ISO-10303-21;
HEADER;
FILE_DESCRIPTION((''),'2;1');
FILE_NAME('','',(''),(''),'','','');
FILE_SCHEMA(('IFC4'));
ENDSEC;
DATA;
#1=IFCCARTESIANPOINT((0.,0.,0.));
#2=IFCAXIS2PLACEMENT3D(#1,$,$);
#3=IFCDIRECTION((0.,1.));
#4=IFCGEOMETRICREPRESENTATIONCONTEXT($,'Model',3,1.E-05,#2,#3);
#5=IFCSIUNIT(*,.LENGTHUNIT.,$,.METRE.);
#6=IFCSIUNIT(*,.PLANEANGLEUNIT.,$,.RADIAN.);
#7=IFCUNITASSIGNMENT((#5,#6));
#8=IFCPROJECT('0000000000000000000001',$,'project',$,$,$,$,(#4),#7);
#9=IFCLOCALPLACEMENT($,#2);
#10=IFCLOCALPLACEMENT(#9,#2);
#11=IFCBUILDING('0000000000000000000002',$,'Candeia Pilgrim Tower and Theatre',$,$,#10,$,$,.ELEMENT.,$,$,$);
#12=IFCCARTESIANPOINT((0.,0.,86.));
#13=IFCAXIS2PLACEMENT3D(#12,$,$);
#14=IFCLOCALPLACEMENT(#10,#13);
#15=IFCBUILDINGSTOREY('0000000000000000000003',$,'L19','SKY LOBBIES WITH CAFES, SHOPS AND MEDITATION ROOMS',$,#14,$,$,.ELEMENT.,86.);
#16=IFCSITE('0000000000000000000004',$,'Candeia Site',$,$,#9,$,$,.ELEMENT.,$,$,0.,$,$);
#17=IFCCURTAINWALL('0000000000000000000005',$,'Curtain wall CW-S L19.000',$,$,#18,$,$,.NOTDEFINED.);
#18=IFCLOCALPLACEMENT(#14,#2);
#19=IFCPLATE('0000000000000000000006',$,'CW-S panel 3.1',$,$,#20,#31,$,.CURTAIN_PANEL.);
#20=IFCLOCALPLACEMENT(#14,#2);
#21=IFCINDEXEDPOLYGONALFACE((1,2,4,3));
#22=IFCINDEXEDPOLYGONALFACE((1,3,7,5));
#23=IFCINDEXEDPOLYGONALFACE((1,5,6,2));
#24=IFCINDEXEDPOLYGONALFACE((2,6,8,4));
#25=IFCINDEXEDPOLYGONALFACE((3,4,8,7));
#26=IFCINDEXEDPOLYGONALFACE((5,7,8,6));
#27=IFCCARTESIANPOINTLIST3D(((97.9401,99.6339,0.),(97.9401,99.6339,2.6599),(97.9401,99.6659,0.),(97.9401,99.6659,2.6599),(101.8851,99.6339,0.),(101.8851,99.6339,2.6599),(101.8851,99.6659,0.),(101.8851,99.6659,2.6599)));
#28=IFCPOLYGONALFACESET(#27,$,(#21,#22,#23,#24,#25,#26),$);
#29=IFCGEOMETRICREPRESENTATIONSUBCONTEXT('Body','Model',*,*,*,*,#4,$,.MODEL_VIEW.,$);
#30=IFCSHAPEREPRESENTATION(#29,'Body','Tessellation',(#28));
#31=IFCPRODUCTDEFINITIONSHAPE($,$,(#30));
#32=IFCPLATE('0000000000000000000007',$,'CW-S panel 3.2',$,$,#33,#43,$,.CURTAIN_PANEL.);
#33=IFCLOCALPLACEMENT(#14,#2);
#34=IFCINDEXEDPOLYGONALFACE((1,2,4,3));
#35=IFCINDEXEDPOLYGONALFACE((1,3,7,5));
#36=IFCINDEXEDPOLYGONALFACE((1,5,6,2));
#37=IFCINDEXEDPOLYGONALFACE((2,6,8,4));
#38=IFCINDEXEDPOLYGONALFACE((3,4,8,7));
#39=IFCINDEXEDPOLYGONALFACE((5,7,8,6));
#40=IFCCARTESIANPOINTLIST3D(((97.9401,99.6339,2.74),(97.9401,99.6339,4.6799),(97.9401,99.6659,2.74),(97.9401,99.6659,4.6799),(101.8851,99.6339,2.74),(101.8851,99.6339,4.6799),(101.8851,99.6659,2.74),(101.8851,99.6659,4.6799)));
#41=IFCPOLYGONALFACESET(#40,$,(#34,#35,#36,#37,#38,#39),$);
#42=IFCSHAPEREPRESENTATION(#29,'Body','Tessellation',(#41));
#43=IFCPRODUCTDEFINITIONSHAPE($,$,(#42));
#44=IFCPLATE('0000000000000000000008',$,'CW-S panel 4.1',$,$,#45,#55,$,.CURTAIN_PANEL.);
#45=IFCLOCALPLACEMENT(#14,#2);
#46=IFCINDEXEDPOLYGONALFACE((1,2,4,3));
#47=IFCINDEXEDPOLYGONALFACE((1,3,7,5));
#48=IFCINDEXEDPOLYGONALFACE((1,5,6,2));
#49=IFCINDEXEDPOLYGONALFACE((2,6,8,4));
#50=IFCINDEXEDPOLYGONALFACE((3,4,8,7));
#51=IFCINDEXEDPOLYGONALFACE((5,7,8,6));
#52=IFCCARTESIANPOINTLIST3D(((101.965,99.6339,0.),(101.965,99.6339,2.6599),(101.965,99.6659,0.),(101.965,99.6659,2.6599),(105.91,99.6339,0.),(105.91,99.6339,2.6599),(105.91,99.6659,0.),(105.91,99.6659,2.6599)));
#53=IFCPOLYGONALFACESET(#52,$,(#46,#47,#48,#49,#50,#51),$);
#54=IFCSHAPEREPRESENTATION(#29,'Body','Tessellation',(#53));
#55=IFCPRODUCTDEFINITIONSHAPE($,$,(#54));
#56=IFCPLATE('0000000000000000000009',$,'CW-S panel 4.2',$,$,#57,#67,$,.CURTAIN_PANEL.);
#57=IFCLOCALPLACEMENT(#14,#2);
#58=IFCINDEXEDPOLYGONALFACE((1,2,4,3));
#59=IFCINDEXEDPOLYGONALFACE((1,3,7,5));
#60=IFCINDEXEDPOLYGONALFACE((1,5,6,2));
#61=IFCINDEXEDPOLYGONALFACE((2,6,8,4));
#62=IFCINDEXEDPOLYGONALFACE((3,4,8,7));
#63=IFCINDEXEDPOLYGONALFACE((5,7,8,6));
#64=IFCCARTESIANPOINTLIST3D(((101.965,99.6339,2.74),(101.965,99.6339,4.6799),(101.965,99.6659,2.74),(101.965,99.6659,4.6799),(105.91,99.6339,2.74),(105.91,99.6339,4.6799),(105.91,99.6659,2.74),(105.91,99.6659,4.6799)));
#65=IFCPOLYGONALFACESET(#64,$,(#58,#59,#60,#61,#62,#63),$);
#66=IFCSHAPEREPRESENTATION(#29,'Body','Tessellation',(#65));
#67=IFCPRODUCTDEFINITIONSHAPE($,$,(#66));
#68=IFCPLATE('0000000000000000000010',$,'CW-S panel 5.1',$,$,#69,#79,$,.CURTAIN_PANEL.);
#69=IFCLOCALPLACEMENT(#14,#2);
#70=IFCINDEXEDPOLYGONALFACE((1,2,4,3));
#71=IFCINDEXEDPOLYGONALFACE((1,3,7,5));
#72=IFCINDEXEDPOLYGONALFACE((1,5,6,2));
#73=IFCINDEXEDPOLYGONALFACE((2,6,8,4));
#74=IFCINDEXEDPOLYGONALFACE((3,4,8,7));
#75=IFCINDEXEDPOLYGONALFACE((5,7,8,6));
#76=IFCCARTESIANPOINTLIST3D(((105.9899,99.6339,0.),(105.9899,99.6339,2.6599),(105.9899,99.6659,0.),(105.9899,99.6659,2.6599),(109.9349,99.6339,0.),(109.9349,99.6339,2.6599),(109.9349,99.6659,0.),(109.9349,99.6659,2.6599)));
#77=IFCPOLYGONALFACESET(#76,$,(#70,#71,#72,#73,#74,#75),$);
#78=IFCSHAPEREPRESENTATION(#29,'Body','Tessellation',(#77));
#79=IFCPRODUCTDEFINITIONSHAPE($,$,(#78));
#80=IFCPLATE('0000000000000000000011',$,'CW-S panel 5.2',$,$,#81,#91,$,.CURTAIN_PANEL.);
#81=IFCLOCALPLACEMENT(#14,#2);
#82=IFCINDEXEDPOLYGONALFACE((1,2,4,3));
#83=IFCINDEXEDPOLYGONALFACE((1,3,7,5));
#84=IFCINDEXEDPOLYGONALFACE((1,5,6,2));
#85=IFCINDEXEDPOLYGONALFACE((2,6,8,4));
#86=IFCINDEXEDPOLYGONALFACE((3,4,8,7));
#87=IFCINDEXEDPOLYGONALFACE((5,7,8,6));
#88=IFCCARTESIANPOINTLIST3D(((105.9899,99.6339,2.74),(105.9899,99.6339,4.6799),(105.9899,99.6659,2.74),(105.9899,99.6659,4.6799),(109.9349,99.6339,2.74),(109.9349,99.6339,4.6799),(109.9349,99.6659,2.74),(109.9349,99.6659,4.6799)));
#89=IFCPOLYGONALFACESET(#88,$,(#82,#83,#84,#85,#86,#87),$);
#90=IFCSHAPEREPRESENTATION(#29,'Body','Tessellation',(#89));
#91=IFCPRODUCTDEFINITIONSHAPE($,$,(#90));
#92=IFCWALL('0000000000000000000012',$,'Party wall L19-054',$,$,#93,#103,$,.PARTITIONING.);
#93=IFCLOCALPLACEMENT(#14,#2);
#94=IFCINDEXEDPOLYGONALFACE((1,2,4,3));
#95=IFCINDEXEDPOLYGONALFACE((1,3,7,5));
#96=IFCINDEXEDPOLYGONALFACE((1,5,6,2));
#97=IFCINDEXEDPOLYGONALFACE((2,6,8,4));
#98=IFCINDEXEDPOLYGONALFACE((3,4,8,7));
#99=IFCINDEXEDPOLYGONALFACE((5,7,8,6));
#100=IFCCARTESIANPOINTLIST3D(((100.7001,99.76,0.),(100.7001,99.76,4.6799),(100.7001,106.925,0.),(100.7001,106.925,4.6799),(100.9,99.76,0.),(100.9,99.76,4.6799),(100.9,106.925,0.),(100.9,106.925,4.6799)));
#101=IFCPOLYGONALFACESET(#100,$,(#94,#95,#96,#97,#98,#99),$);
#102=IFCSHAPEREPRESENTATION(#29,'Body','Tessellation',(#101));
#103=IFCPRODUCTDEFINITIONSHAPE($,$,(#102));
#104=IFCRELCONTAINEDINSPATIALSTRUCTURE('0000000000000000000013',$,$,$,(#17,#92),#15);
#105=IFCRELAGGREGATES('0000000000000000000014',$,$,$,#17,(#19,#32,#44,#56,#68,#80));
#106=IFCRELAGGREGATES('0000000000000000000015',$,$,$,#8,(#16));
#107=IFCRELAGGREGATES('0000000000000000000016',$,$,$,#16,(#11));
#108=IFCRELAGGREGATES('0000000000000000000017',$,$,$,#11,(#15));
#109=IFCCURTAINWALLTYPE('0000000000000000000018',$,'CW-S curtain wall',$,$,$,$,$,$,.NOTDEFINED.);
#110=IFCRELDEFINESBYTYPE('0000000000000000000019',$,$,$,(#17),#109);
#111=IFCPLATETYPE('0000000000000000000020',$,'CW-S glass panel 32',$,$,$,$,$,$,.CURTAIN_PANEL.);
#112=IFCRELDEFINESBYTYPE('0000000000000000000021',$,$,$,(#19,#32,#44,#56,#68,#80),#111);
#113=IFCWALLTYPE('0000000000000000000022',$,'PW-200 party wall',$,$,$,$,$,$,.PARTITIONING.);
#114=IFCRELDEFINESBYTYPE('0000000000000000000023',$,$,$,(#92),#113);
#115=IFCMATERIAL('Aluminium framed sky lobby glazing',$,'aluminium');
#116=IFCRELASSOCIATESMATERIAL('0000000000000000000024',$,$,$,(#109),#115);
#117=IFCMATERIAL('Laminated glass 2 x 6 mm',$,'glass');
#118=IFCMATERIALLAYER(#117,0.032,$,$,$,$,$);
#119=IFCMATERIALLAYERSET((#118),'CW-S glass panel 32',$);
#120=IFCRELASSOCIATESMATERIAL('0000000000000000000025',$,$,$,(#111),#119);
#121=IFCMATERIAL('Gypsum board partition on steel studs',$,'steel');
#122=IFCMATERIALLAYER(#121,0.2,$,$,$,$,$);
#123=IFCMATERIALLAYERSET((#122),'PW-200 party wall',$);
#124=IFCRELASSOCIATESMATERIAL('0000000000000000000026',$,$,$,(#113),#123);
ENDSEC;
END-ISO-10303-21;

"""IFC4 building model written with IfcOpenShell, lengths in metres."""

from ifc_helpers import new_model, si_unit, direction, frame, frame_2d, origin, origin_2d, place, context, subcontext, project, spatial, rectangle, extrude, material, layer, layer_set, type_object, element, aggregate, save


model = new_model("IFC4")

# Units and contexts
model_context = context("Model", 3, precision=1e-05, world=origin(), true_north=direction((0.0, 1.0)))
body_context = subcontext(model_context, "Body", "Model", "MODEL_VIEW")
ifc_project = project(units=[si_unit("LENGTHUNIT", "METRE"), si_unit("PLANEANGLEUNIT", "RADIAN")], contexts=[model_context])

# Site, building, storey
site_placement = place(None, origin())
site = spatial("IfcSite", under=ifc_project, at=site_placement, Name="Candeia Site", CompositionType="ELEMENT", RefElevation=0.0)
building_placement = place(site_placement, origin())
building = spatial("IfcBuilding", under=site, at=building_placement, Name="Candeia Pilgrim Tower and Theatre", CompositionType="ELEMENT")
storey_placement = place(building_placement, frame((0.0, 0.0, 86.0)))
storey = spatial("IfcBuildingStorey", under=building, at=storey_placement, Name="L19", Description="SKY LOBBIES WITH CAFES, SHOPS AND MEDITATION ROOMS", CompositionType="ELEMENT", Elevation=86.0)

# Curtain wall
ifc_material_1 = material(Name="Aluminium framed sky lobby glazing", Category="aluminium")
curtain_wall_type = type_object("IfcCurtainWallType", Name="CW-S curtain wall", PredefinedType="NOTDEFINED", material=ifc_material_1)
curtain_wall_placement = place(storey_placement, origin())
curtain_wall = element("IfcCurtainWall", 1, at=curtain_wall_placement, inside=storey, type_object=curtain_wall_type, Name="Curtain wall CW-S L19.000", PredefinedType="NOTDEFINED")

# Plates
ifc_material_2 = material(Name="Laminated glass 2 x 6 mm", Category="glass")
ifc_layer_1 = layer(ifc_material_2, 0.032)
ifc_layer_set_1 = layer_set([ifc_layer_1], Name="CW-S glass panel 32")
plate_type = type_object("IfcPlateType", Name="CW-S glass panel 32", PredefinedType="CURTAIN_PANEL", material=ifc_layer_set_1)
plate_1_placement = place(storey_placement, frame((99.9126, 99.6499, 0.0), z_axis=(0.0, 0.0, 1.0), x_axis=(1.0, 0.0, 0.0)))
plate_1 = element("IfcPlate", 2, at=plate_1_placement, type_object=plate_type, Name="CW-S panel 3.1", PredefinedType="CURTAIN_PANEL", context=body_context, shape_type="SweptSolid", body=[
    extrude(rectangle(XDim=3.9451, YDim=0.032, at=origin_2d()), origin(), (0.0, 0.0, 1.0), 2.6599),
])
plate_2_placement = place(storey_placement, frame((99.9126, 99.6499, 2.74), z_axis=(0.0, 0.0, 1.0), x_axis=(1.0, 0.0, 0.0)))
plate_2 = element("IfcPlate", 3, at=plate_2_placement, type_object=plate_type, Name="CW-S panel 3.2", PredefinedType="CURTAIN_PANEL", context=body_context, shape_type="SweptSolid", body=[
    extrude(rectangle(XDim=3.9451, YDim=0.032, at=origin_2d()), origin(), (0.0, 0.0, 1.0), 1.9399),
])
plate_3_placement = place(storey_placement, frame((103.9375, 99.6499, 0.0), z_axis=(0.0, 0.0, 1.0), x_axis=(1.0, 0.0, 0.0)))
plate_3 = element("IfcPlate", 4, at=plate_3_placement, type_object=plate_type, Name="CW-S panel 4.1", PredefinedType="CURTAIN_PANEL", context=body_context, shape_type="SweptSolid", body=[
    extrude(rectangle(XDim=3.9451, YDim=0.032, at=origin_2d()), origin(), (0.0, 0.0, 1.0), 2.6599),
])
plate_4_placement = place(storey_placement, frame((103.9375, 99.6499, 2.74), z_axis=(0.0, 0.0, 1.0), x_axis=(1.0, 0.0, 0.0)))
plate_4 = element("IfcPlate", 5, at=plate_4_placement, type_object=plate_type, Name="CW-S panel 4.2", PredefinedType="CURTAIN_PANEL", context=body_context, shape_type="SweptSolid", body=[
    extrude(rectangle(XDim=3.9451, YDim=0.032, at=origin_2d()), origin(), (0.0, 0.0, 1.0), 1.9399),
])
plate_5_placement = place(storey_placement, frame((107.9624, 99.6499, 0.0), z_axis=(0.0, 0.0, 1.0), x_axis=(1.0, 0.0, 0.0)))
plate_5 = element("IfcPlate", 6, at=plate_5_placement, type_object=plate_type, Name="CW-S panel 5.1", PredefinedType="CURTAIN_PANEL", context=body_context, shape_type="SweptSolid", body=[
    extrude(rectangle(XDim=3.9451, YDim=0.032, at=origin_2d()), origin(), (0.0, 0.0, 1.0), 2.6599),
])
plate_6_placement = place(storey_placement, frame((107.9624, 99.6499, 2.74), z_axis=(0.0, 0.0, 1.0), x_axis=(1.0, 0.0, 0.0)))
plate_6 = element("IfcPlate", 7, at=plate_6_placement, type_object=plate_type, Name="CW-S panel 5.2", PredefinedType="CURTAIN_PANEL", context=body_context, shape_type="SweptSolid", body=[
    extrude(rectangle(XDim=3.9451, YDim=0.032, at=origin_2d()), origin(), (0.0, 0.0, 1.0), 1.9399),
])
aggregate(curtain_wall, [plate_1, plate_2, plate_3, plate_4, plate_5, plate_6])

# Wall
ifc_material_3 = material(Name="Gypsum board partition on steel studs", Category="steel")
ifc_layer_2 = layer(ifc_material_3, 0.2)
ifc_layer_set_2 = layer_set([ifc_layer_2], Name="PW-200 party wall")
wall_type = type_object("IfcWallType", Name="PW-200 party wall", PredefinedType="PARTITIONING", material=ifc_layer_set_2)
wall_placement = place(storey_placement, frame((100.8, 99.76, 0.0), z_axis=(0.0, 0.0, 1.0), x_axis=(0.0, 1.0, 0.0)))
element("IfcWall", 8, at=wall_placement, inside=storey, type_object=wall_type, Name="Party wall L19-054", PredefinedType="PARTITIONING", context=body_context, shape_type="SweptSolid", body=[
    extrude(rectangle(XDim=7.165, YDim=0.2, at=frame_2d((3.5825, 0.0))), origin(), (0.0, 0.0, 1.0), 4.6799),
])

save(model, "model.ifc")
